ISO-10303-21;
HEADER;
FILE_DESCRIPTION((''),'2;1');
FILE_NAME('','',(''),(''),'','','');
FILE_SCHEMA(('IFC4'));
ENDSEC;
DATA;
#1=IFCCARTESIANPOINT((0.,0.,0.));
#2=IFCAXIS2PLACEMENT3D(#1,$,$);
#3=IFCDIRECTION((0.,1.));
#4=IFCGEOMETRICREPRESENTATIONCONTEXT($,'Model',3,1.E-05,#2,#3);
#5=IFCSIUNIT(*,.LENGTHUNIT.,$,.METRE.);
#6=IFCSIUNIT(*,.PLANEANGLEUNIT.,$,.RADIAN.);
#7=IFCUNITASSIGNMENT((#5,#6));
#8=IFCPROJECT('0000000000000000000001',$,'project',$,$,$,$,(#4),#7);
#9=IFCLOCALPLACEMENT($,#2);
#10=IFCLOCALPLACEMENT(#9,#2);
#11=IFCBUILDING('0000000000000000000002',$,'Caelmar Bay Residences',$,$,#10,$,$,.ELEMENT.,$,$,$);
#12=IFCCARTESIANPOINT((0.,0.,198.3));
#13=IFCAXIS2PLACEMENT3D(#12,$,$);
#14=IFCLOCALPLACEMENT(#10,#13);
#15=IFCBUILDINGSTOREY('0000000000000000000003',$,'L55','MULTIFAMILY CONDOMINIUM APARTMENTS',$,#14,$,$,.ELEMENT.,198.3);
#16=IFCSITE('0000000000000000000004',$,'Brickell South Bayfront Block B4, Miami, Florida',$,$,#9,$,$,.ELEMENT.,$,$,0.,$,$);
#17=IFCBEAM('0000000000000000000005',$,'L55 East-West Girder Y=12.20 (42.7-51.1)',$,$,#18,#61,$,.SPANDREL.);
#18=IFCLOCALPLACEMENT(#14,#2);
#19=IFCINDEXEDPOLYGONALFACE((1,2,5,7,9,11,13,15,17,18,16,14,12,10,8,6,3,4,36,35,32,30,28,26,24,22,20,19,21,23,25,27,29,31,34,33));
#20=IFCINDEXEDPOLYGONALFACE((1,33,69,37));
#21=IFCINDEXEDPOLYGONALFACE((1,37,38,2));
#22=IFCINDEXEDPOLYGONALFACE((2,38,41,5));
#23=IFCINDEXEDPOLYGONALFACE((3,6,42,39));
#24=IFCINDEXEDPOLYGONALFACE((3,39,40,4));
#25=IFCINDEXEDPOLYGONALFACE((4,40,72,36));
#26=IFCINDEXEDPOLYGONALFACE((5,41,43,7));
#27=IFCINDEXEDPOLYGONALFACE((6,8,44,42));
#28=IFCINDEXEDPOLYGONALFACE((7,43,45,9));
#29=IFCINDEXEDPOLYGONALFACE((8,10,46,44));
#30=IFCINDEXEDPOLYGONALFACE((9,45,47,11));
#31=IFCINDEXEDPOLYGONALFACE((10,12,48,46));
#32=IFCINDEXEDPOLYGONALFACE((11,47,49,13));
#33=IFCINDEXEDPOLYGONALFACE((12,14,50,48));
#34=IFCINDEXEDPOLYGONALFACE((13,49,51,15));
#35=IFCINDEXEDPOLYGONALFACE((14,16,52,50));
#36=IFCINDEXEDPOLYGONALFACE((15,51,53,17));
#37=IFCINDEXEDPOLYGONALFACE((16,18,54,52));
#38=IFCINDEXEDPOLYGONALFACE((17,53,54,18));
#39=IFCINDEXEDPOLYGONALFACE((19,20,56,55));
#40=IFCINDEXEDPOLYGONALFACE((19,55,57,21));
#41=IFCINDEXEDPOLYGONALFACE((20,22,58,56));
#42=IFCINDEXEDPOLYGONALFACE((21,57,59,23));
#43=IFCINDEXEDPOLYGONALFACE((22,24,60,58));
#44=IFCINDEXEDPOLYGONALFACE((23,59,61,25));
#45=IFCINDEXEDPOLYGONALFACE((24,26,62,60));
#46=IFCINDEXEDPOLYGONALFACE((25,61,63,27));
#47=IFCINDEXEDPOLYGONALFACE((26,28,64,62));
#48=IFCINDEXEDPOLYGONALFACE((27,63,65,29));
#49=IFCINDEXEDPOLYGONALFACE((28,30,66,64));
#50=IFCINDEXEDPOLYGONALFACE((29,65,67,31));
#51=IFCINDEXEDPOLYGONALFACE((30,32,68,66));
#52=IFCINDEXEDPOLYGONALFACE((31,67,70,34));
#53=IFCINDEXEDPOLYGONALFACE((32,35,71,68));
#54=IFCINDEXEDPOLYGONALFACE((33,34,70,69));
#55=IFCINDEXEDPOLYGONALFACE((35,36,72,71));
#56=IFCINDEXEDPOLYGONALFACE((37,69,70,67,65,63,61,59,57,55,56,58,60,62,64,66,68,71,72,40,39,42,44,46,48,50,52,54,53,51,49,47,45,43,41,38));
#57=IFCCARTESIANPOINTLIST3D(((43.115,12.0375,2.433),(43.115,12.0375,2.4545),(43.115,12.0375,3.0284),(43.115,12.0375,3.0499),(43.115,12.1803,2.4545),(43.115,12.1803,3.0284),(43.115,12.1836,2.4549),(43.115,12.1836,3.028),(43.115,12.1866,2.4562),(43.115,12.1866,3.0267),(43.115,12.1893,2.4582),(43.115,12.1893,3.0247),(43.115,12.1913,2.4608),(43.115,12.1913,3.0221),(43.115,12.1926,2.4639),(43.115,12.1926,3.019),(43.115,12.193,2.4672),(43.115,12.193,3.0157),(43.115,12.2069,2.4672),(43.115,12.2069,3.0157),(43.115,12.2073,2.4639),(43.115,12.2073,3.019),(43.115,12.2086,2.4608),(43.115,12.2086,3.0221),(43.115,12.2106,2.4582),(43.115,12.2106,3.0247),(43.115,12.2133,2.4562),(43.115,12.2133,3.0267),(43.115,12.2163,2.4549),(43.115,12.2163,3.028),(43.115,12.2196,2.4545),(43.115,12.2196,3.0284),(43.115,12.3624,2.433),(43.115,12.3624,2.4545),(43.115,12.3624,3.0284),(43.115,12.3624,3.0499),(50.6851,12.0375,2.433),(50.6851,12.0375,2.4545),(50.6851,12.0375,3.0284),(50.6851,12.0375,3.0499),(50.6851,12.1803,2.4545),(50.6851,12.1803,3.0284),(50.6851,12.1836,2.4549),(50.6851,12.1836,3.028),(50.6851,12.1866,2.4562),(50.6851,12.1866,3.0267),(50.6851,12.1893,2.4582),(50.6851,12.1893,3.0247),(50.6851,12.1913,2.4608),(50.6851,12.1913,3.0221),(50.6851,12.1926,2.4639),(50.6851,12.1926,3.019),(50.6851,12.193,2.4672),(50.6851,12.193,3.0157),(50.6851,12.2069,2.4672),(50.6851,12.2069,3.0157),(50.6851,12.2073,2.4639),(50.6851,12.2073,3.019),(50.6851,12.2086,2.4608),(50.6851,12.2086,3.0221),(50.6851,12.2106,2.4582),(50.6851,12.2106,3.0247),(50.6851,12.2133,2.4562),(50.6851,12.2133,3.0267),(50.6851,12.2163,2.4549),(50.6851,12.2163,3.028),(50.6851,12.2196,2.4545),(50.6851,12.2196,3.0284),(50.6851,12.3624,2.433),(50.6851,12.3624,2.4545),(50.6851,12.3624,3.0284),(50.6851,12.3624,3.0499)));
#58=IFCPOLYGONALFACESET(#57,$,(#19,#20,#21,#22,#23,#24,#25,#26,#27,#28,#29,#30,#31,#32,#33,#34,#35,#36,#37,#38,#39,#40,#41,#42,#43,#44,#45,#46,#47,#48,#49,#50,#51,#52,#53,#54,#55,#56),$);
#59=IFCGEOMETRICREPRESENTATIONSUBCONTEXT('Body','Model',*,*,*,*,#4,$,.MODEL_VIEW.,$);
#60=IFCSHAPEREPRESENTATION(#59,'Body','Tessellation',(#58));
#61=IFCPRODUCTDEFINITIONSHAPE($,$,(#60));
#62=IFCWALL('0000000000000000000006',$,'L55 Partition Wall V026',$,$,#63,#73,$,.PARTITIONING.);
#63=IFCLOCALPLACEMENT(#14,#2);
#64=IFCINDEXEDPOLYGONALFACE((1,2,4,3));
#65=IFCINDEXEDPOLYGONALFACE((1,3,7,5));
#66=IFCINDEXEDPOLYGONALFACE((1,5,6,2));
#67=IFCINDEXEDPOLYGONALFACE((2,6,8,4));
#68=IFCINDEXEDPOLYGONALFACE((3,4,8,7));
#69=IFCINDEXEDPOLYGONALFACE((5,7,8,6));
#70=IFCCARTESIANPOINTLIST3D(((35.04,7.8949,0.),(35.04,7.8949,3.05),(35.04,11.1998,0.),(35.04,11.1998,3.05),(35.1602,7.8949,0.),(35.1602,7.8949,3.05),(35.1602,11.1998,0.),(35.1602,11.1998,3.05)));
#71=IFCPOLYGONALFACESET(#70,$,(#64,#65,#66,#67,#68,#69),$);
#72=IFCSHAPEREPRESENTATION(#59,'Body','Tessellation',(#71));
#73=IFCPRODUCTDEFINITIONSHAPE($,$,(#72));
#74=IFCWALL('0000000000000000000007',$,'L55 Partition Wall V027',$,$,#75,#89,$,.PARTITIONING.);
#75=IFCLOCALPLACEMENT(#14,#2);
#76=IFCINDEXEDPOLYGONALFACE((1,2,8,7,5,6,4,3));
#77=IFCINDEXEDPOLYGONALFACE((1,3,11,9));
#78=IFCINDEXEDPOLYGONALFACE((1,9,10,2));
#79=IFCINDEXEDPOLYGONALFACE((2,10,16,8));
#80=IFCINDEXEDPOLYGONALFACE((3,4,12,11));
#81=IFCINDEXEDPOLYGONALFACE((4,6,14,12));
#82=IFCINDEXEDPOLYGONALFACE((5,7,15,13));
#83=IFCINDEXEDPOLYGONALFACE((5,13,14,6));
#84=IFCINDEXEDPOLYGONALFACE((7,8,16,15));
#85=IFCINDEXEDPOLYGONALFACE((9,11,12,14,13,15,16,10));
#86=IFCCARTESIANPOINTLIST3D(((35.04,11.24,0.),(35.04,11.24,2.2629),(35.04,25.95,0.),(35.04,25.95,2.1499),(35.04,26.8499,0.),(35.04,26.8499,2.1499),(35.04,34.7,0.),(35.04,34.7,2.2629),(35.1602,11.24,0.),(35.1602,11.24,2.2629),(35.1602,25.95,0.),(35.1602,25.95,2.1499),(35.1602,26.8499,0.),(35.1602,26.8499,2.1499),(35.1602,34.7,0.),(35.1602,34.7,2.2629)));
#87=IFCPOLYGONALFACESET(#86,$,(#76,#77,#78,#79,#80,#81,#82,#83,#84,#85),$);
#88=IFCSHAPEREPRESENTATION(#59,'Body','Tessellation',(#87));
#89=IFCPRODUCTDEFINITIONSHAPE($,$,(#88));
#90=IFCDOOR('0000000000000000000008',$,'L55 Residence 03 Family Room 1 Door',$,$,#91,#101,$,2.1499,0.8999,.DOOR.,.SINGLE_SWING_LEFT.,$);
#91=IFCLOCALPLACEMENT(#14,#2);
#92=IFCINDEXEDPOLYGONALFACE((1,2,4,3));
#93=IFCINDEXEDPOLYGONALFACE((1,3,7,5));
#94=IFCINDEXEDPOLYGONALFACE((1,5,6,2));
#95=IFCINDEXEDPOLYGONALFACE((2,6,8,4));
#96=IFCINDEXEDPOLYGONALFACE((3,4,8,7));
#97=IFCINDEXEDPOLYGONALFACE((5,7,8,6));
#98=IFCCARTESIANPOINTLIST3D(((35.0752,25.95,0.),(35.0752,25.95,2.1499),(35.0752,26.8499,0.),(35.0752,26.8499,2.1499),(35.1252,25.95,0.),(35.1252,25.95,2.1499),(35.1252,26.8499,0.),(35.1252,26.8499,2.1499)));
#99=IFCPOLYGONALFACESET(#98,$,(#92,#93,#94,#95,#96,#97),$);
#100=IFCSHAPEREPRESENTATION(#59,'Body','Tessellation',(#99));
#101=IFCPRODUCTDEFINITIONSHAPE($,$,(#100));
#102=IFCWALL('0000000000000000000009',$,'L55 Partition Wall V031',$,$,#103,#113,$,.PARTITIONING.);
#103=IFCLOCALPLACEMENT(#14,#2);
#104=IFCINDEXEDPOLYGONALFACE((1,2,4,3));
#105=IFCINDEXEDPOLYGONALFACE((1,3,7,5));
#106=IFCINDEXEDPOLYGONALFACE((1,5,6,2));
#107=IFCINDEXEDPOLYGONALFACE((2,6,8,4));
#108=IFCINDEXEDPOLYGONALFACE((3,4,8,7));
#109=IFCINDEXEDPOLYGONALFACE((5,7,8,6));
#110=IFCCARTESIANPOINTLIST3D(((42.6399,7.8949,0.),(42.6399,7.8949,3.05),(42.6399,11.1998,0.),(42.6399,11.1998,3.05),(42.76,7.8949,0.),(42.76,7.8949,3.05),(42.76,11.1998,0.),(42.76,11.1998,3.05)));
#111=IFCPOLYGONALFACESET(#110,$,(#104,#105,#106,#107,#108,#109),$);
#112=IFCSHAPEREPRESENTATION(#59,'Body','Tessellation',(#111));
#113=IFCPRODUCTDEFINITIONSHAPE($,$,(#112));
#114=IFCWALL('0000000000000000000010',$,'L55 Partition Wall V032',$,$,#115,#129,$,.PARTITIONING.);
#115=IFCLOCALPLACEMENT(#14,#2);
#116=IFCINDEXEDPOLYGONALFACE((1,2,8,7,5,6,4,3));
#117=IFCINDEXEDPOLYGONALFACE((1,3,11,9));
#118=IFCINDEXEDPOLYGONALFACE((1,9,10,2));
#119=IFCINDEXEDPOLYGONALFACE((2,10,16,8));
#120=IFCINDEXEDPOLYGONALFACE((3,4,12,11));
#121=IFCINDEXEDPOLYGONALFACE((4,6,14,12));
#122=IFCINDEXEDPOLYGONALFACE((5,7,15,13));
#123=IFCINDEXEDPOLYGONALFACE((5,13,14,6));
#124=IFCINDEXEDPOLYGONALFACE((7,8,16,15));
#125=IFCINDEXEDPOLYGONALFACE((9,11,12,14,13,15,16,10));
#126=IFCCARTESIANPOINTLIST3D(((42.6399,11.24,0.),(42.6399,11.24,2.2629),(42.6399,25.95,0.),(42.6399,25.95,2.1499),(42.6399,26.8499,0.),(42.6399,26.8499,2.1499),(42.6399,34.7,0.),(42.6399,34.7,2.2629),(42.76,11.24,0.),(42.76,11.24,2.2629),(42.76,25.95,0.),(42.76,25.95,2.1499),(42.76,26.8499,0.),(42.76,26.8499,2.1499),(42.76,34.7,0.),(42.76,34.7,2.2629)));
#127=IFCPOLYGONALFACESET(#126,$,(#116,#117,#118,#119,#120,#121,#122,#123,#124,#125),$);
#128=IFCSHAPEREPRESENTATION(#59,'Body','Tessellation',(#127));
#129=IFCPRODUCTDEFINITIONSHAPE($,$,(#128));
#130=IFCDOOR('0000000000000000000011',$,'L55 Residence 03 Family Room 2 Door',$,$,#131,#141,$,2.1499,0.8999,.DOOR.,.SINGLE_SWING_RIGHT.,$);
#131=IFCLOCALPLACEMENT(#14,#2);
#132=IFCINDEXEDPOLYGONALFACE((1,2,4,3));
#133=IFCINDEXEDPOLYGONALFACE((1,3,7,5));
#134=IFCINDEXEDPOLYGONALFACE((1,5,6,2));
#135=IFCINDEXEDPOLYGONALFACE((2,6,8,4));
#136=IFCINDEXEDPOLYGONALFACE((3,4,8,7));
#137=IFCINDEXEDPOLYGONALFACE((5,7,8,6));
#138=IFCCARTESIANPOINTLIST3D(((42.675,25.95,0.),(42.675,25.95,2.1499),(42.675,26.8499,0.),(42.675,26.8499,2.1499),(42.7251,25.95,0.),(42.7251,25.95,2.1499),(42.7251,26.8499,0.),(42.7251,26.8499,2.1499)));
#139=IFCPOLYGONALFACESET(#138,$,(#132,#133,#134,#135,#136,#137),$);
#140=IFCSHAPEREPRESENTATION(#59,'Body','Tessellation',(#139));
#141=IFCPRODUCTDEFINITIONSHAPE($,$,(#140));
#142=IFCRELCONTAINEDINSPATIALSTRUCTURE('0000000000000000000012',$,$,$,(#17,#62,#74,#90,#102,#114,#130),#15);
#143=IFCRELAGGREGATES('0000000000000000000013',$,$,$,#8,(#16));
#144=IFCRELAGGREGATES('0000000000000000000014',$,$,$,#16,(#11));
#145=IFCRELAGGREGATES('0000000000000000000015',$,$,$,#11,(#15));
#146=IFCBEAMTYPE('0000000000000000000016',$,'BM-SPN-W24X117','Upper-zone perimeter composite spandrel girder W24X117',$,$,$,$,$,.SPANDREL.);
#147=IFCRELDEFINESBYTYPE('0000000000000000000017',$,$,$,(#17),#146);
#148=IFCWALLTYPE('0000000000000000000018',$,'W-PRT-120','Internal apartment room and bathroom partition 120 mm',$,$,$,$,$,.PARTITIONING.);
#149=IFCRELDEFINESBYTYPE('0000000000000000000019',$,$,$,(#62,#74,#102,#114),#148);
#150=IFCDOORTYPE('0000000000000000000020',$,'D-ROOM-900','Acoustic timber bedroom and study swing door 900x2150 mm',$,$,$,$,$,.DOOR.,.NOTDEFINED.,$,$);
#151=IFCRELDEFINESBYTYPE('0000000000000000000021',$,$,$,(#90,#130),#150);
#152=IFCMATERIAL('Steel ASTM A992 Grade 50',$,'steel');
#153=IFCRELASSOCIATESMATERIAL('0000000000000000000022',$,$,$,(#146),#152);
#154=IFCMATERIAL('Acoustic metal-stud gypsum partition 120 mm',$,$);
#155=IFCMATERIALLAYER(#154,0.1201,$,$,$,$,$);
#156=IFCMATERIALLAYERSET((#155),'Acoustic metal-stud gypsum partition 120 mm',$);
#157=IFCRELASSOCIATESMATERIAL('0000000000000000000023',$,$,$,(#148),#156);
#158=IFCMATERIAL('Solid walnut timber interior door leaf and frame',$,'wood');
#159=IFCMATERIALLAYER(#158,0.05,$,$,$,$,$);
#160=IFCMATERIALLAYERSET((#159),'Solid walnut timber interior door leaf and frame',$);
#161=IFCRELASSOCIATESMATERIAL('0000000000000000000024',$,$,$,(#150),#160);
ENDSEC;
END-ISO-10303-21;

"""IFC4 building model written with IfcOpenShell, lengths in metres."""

from ifc_helpers import new_model, si_unit, direction, frame, frame_2d, origin, origin_2d, place, context, subcontext, project, spatial, rectangle, i_section, extrude, material, layer, layer_set, material_profile, profile_set, type_object, element, fill, save


model = new_model("IFC4")

# Units and contexts
model_context = context("Model", 3, precision=1e-05, world=origin(), true_north=direction((0.0, 1.0)))
body_context = subcontext(model_context, "Body", "Model", "MODEL_VIEW")
ifc_project = project(units=[si_unit("LENGTHUNIT", "METRE"), si_unit("PLANEANGLEUNIT", "RADIAN")], contexts=[model_context])

# Site, building, storey
site_placement = place(None, origin())
site = spatial("IfcSite", under=ifc_project, at=site_placement, Name="Brickell South Bayfront Block B4, Miami, Florida", CompositionType="ELEMENT", RefElevation=0.0)
building_placement = place(site_placement, origin())
building = spatial("IfcBuilding", under=site, at=building_placement, Name="Caelmar Bay Residences", CompositionType="ELEMENT")
storey_placement = place(building_placement, frame((0.0, 0.0, 198.3)))
storey = spatial("IfcBuildingStorey", under=building, at=storey_placement, Name="L55", Description="MULTIFAMILY CONDOMINIUM APARTMENTS", CompositionType="ELEMENT", Elevation=198.3)

# Beam
ifc_material_1 = material(Name="Steel ASTM A992 Grade 50", Category="steel")
ifc_material_profile_1 = material_profile(ifc_material_1, i_section(OverallWidth=0.325, OverallDepth=0.6169, WebThickness=0.0139, FlangeThickness=0.0215, FilletRadius=0.0127, at=origin_2d()), Name="W24X117")
ifc_profile_set_1 = profile_set([ifc_material_profile_1], Name="Steel ASTM A992 Grade 50")
beam_type_1 = type_object("IfcBeamType", Name="BM-SPN-W24X117", Description="Upper-zone perimeter composite spandrel girder W24X117", PredefinedType="SPANDREL", material=ifc_profile_set_1)
beam_1_placement = place(storey_placement, frame((43.115, 12.2, 2.7415), z_axis=(1.0, 0.0, 0.0), x_axis=(0.0, 1.0, 0.0)))
element("IfcBeam", 1, at=beam_1_placement, inside=storey, type_object=beam_type_1, Name="L55 East-West Girder Y=12.20 (42.7-51.1)", PredefinedType="SPANDREL", context=body_context, shape_type="SweptSolid", body=[
    extrude(i_section(OverallWidth=0.325, OverallDepth=0.6169, WebThickness=0.0139, FlangeThickness=0.0215, FilletRadius=0.0127, at=origin_2d()), origin(), (0.0, 0.0, 1.0), 7.5701),
])

# Wall
ifc_material_2 = material(Name="Acoustic metal-stud gypsum partition 120 mm")
ifc_layer_1 = layer(ifc_material_2, 0.1201)
ifc_layer_set_1 = layer_set([ifc_layer_1], Name="Acoustic metal-stud gypsum partition 120 mm")
wall_type_1 = type_object("IfcWallType", Name="W-PRT-120", Description="Internal apartment room and bathroom partition 120 mm", PredefinedType="PARTITIONING", material=ifc_layer_set_1)
wall_1_placement = place(storey_placement, frame((35.1001, 7.895, 0.0), z_axis=(0.0, 0.0, 1.0), x_axis=(0.0, 1.0, 0.0)))
element("IfcWall", 2, at=wall_1_placement, inside=storey, type_object=wall_type_1, Name="L55 Partition Wall V026", PredefinedType="PARTITIONING", context=body_context, shape_type="SweptSolid", body=[
    extrude(rectangle(XDim=3.3049, YDim=0.1201, at=frame_2d((1.6523, 0.0))), origin(), (0.0, 0.0, 1.0), 3.05),
])

# Wall, opening, door
wall_2_placement = place(storey_placement, frame((35.1001, 11.24, 0.0), z_axis=(0.0, 0.0, 1.0), x_axis=(0.0, 1.0, 0.0)))
wall_2 = element("IfcWall", 3, at=wall_2_placement, inside=storey, type_object=wall_type_1, Name="L55 Partition Wall V027", PredefinedType="PARTITIONING", context=body_context, shape_type="SweptSolid", body=[
    extrude(rectangle(XDim=23.46, YDim=0.1201, at=frame_2d((11.73, 0.0))), origin(), (0.0, 0.0, 1.0), 2.2629),
])
opening_1_placement = place(wall_2_placement, frame((14.71, 0.0, 0.0)))
opening_1 = element("IfcOpeningElement", 4, at=opening_1_placement, cuts=wall_2, PredefinedType="OPENING", context=body_context, shape_type="SweptSolid", body=[
    extrude(rectangle(XDim=0.8999, YDim=2.1499, at=frame_2d((0.45, 1.075))), frame((0.0, 0.0701, 0.0), z_axis=(0.0, -1.0, 0.0), x_axis=(1.0, 0.0, 0.0)), (0.0, 0.0, 1.0), 0.1401),
])
ifc_material_3 = material(Name="Solid walnut timber interior door leaf and frame", Category="wood")
ifc_layer_2 = layer(ifc_material_3, 0.05)
ifc_layer_set_2 = layer_set([ifc_layer_2], Name="Solid walnut timber interior door leaf and frame")
door_type = type_object("IfcDoorType", Name="D-ROOM-900", Description="Acoustic timber bedroom and study swing door 900x2150 mm", OperationType="NOTDEFINED", PredefinedType="DOOR", material=ifc_layer_set_2)
door_1_placement = place(opening_1_placement, origin())
door_1 = element("IfcDoor", 5, at=door_1_placement, inside=storey, type_object=door_type, Name="L55 Residence 03 Family Room 1 Door", OperationType="SINGLE_SWING_LEFT", OverallHeight=2.1499, OverallWidth=0.8999, PredefinedType="DOOR", context=body_context, shape_type="SweptSolid", body=[
    extrude(rectangle(XDim=0.8999, YDim=2.1499, at=frame_2d((0.45, 1.075))), frame((0.0, 0.0249, 0.0), z_axis=(0.0, -1.0, 0.0), x_axis=(1.0, 0.0, 0.0)), (0.0, 0.0, 1.0), 0.05),
])
fill(opening_1, door_1)

# Wall
wall_3_placement = place(storey_placement, frame((42.7, 7.895, 0.0), z_axis=(0.0, 0.0, 1.0), x_axis=(0.0, 1.0, 0.0)))
element("IfcWall", 6, at=wall_3_placement, inside=storey, type_object=wall_type_1, Name="L55 Partition Wall V031", PredefinedType="PARTITIONING", context=body_context, shape_type="SweptSolid", body=[
    extrude(rectangle(XDim=3.3049, YDim=0.1201, at=frame_2d((1.6523, 0.0))), origin(), (0.0, 0.0, 1.0), 3.05),
])

# Wall, opening, door
wall_4_placement = place(storey_placement, frame((42.7, 11.24, 0.0), z_axis=(0.0, 0.0, 1.0), x_axis=(0.0, 1.0, 0.0)))
wall_4 = element("IfcWall", 7, at=wall_4_placement, inside=storey, type_object=wall_type_1, Name="L55 Partition Wall V032", PredefinedType="PARTITIONING", context=body_context, shape_type="SweptSolid", body=[
    extrude(rectangle(XDim=23.46, YDim=0.1201, at=frame_2d((11.73, 0.0))), origin(), (0.0, 0.0, 1.0), 2.2629),
])
opening_2_placement = place(wall_4_placement, frame((14.71, 0.0, 0.0)))
opening_2 = element("IfcOpeningElement", 8, at=opening_2_placement, cuts=wall_4, PredefinedType="OPENING", context=body_context, shape_type="SweptSolid", body=[
    extrude(rectangle(XDim=0.8999, YDim=2.1499, at=frame_2d((0.45, 1.075))), frame((0.0, 0.0701, 0.0), z_axis=(0.0, -1.0, 0.0), x_axis=(1.0, 0.0, 0.0)), (0.0, 0.0, 1.0), 0.1401),
])
door_2_placement = place(opening_2_placement, origin())
door_2 = element("IfcDoor", 9, at=door_2_placement, inside=storey, type_object=door_type, Name="L55 Residence 03 Family Room 2 Door", OperationType="SINGLE_SWING_RIGHT", OverallHeight=2.1499, OverallWidth=0.8999, PredefinedType="DOOR", context=body_context, shape_type="SweptSolid", body=[
    extrude(rectangle(XDim=0.8999, YDim=2.1499, at=frame_2d((0.45, 1.075))), frame((0.0, 0.0249, 0.0), z_axis=(0.0, -1.0, 0.0), x_axis=(1.0, 0.0, 0.0)), (0.0, 0.0, 1.0), 0.05),
])
fill(opening_2, door_2)

save(model, "model.ifc")
